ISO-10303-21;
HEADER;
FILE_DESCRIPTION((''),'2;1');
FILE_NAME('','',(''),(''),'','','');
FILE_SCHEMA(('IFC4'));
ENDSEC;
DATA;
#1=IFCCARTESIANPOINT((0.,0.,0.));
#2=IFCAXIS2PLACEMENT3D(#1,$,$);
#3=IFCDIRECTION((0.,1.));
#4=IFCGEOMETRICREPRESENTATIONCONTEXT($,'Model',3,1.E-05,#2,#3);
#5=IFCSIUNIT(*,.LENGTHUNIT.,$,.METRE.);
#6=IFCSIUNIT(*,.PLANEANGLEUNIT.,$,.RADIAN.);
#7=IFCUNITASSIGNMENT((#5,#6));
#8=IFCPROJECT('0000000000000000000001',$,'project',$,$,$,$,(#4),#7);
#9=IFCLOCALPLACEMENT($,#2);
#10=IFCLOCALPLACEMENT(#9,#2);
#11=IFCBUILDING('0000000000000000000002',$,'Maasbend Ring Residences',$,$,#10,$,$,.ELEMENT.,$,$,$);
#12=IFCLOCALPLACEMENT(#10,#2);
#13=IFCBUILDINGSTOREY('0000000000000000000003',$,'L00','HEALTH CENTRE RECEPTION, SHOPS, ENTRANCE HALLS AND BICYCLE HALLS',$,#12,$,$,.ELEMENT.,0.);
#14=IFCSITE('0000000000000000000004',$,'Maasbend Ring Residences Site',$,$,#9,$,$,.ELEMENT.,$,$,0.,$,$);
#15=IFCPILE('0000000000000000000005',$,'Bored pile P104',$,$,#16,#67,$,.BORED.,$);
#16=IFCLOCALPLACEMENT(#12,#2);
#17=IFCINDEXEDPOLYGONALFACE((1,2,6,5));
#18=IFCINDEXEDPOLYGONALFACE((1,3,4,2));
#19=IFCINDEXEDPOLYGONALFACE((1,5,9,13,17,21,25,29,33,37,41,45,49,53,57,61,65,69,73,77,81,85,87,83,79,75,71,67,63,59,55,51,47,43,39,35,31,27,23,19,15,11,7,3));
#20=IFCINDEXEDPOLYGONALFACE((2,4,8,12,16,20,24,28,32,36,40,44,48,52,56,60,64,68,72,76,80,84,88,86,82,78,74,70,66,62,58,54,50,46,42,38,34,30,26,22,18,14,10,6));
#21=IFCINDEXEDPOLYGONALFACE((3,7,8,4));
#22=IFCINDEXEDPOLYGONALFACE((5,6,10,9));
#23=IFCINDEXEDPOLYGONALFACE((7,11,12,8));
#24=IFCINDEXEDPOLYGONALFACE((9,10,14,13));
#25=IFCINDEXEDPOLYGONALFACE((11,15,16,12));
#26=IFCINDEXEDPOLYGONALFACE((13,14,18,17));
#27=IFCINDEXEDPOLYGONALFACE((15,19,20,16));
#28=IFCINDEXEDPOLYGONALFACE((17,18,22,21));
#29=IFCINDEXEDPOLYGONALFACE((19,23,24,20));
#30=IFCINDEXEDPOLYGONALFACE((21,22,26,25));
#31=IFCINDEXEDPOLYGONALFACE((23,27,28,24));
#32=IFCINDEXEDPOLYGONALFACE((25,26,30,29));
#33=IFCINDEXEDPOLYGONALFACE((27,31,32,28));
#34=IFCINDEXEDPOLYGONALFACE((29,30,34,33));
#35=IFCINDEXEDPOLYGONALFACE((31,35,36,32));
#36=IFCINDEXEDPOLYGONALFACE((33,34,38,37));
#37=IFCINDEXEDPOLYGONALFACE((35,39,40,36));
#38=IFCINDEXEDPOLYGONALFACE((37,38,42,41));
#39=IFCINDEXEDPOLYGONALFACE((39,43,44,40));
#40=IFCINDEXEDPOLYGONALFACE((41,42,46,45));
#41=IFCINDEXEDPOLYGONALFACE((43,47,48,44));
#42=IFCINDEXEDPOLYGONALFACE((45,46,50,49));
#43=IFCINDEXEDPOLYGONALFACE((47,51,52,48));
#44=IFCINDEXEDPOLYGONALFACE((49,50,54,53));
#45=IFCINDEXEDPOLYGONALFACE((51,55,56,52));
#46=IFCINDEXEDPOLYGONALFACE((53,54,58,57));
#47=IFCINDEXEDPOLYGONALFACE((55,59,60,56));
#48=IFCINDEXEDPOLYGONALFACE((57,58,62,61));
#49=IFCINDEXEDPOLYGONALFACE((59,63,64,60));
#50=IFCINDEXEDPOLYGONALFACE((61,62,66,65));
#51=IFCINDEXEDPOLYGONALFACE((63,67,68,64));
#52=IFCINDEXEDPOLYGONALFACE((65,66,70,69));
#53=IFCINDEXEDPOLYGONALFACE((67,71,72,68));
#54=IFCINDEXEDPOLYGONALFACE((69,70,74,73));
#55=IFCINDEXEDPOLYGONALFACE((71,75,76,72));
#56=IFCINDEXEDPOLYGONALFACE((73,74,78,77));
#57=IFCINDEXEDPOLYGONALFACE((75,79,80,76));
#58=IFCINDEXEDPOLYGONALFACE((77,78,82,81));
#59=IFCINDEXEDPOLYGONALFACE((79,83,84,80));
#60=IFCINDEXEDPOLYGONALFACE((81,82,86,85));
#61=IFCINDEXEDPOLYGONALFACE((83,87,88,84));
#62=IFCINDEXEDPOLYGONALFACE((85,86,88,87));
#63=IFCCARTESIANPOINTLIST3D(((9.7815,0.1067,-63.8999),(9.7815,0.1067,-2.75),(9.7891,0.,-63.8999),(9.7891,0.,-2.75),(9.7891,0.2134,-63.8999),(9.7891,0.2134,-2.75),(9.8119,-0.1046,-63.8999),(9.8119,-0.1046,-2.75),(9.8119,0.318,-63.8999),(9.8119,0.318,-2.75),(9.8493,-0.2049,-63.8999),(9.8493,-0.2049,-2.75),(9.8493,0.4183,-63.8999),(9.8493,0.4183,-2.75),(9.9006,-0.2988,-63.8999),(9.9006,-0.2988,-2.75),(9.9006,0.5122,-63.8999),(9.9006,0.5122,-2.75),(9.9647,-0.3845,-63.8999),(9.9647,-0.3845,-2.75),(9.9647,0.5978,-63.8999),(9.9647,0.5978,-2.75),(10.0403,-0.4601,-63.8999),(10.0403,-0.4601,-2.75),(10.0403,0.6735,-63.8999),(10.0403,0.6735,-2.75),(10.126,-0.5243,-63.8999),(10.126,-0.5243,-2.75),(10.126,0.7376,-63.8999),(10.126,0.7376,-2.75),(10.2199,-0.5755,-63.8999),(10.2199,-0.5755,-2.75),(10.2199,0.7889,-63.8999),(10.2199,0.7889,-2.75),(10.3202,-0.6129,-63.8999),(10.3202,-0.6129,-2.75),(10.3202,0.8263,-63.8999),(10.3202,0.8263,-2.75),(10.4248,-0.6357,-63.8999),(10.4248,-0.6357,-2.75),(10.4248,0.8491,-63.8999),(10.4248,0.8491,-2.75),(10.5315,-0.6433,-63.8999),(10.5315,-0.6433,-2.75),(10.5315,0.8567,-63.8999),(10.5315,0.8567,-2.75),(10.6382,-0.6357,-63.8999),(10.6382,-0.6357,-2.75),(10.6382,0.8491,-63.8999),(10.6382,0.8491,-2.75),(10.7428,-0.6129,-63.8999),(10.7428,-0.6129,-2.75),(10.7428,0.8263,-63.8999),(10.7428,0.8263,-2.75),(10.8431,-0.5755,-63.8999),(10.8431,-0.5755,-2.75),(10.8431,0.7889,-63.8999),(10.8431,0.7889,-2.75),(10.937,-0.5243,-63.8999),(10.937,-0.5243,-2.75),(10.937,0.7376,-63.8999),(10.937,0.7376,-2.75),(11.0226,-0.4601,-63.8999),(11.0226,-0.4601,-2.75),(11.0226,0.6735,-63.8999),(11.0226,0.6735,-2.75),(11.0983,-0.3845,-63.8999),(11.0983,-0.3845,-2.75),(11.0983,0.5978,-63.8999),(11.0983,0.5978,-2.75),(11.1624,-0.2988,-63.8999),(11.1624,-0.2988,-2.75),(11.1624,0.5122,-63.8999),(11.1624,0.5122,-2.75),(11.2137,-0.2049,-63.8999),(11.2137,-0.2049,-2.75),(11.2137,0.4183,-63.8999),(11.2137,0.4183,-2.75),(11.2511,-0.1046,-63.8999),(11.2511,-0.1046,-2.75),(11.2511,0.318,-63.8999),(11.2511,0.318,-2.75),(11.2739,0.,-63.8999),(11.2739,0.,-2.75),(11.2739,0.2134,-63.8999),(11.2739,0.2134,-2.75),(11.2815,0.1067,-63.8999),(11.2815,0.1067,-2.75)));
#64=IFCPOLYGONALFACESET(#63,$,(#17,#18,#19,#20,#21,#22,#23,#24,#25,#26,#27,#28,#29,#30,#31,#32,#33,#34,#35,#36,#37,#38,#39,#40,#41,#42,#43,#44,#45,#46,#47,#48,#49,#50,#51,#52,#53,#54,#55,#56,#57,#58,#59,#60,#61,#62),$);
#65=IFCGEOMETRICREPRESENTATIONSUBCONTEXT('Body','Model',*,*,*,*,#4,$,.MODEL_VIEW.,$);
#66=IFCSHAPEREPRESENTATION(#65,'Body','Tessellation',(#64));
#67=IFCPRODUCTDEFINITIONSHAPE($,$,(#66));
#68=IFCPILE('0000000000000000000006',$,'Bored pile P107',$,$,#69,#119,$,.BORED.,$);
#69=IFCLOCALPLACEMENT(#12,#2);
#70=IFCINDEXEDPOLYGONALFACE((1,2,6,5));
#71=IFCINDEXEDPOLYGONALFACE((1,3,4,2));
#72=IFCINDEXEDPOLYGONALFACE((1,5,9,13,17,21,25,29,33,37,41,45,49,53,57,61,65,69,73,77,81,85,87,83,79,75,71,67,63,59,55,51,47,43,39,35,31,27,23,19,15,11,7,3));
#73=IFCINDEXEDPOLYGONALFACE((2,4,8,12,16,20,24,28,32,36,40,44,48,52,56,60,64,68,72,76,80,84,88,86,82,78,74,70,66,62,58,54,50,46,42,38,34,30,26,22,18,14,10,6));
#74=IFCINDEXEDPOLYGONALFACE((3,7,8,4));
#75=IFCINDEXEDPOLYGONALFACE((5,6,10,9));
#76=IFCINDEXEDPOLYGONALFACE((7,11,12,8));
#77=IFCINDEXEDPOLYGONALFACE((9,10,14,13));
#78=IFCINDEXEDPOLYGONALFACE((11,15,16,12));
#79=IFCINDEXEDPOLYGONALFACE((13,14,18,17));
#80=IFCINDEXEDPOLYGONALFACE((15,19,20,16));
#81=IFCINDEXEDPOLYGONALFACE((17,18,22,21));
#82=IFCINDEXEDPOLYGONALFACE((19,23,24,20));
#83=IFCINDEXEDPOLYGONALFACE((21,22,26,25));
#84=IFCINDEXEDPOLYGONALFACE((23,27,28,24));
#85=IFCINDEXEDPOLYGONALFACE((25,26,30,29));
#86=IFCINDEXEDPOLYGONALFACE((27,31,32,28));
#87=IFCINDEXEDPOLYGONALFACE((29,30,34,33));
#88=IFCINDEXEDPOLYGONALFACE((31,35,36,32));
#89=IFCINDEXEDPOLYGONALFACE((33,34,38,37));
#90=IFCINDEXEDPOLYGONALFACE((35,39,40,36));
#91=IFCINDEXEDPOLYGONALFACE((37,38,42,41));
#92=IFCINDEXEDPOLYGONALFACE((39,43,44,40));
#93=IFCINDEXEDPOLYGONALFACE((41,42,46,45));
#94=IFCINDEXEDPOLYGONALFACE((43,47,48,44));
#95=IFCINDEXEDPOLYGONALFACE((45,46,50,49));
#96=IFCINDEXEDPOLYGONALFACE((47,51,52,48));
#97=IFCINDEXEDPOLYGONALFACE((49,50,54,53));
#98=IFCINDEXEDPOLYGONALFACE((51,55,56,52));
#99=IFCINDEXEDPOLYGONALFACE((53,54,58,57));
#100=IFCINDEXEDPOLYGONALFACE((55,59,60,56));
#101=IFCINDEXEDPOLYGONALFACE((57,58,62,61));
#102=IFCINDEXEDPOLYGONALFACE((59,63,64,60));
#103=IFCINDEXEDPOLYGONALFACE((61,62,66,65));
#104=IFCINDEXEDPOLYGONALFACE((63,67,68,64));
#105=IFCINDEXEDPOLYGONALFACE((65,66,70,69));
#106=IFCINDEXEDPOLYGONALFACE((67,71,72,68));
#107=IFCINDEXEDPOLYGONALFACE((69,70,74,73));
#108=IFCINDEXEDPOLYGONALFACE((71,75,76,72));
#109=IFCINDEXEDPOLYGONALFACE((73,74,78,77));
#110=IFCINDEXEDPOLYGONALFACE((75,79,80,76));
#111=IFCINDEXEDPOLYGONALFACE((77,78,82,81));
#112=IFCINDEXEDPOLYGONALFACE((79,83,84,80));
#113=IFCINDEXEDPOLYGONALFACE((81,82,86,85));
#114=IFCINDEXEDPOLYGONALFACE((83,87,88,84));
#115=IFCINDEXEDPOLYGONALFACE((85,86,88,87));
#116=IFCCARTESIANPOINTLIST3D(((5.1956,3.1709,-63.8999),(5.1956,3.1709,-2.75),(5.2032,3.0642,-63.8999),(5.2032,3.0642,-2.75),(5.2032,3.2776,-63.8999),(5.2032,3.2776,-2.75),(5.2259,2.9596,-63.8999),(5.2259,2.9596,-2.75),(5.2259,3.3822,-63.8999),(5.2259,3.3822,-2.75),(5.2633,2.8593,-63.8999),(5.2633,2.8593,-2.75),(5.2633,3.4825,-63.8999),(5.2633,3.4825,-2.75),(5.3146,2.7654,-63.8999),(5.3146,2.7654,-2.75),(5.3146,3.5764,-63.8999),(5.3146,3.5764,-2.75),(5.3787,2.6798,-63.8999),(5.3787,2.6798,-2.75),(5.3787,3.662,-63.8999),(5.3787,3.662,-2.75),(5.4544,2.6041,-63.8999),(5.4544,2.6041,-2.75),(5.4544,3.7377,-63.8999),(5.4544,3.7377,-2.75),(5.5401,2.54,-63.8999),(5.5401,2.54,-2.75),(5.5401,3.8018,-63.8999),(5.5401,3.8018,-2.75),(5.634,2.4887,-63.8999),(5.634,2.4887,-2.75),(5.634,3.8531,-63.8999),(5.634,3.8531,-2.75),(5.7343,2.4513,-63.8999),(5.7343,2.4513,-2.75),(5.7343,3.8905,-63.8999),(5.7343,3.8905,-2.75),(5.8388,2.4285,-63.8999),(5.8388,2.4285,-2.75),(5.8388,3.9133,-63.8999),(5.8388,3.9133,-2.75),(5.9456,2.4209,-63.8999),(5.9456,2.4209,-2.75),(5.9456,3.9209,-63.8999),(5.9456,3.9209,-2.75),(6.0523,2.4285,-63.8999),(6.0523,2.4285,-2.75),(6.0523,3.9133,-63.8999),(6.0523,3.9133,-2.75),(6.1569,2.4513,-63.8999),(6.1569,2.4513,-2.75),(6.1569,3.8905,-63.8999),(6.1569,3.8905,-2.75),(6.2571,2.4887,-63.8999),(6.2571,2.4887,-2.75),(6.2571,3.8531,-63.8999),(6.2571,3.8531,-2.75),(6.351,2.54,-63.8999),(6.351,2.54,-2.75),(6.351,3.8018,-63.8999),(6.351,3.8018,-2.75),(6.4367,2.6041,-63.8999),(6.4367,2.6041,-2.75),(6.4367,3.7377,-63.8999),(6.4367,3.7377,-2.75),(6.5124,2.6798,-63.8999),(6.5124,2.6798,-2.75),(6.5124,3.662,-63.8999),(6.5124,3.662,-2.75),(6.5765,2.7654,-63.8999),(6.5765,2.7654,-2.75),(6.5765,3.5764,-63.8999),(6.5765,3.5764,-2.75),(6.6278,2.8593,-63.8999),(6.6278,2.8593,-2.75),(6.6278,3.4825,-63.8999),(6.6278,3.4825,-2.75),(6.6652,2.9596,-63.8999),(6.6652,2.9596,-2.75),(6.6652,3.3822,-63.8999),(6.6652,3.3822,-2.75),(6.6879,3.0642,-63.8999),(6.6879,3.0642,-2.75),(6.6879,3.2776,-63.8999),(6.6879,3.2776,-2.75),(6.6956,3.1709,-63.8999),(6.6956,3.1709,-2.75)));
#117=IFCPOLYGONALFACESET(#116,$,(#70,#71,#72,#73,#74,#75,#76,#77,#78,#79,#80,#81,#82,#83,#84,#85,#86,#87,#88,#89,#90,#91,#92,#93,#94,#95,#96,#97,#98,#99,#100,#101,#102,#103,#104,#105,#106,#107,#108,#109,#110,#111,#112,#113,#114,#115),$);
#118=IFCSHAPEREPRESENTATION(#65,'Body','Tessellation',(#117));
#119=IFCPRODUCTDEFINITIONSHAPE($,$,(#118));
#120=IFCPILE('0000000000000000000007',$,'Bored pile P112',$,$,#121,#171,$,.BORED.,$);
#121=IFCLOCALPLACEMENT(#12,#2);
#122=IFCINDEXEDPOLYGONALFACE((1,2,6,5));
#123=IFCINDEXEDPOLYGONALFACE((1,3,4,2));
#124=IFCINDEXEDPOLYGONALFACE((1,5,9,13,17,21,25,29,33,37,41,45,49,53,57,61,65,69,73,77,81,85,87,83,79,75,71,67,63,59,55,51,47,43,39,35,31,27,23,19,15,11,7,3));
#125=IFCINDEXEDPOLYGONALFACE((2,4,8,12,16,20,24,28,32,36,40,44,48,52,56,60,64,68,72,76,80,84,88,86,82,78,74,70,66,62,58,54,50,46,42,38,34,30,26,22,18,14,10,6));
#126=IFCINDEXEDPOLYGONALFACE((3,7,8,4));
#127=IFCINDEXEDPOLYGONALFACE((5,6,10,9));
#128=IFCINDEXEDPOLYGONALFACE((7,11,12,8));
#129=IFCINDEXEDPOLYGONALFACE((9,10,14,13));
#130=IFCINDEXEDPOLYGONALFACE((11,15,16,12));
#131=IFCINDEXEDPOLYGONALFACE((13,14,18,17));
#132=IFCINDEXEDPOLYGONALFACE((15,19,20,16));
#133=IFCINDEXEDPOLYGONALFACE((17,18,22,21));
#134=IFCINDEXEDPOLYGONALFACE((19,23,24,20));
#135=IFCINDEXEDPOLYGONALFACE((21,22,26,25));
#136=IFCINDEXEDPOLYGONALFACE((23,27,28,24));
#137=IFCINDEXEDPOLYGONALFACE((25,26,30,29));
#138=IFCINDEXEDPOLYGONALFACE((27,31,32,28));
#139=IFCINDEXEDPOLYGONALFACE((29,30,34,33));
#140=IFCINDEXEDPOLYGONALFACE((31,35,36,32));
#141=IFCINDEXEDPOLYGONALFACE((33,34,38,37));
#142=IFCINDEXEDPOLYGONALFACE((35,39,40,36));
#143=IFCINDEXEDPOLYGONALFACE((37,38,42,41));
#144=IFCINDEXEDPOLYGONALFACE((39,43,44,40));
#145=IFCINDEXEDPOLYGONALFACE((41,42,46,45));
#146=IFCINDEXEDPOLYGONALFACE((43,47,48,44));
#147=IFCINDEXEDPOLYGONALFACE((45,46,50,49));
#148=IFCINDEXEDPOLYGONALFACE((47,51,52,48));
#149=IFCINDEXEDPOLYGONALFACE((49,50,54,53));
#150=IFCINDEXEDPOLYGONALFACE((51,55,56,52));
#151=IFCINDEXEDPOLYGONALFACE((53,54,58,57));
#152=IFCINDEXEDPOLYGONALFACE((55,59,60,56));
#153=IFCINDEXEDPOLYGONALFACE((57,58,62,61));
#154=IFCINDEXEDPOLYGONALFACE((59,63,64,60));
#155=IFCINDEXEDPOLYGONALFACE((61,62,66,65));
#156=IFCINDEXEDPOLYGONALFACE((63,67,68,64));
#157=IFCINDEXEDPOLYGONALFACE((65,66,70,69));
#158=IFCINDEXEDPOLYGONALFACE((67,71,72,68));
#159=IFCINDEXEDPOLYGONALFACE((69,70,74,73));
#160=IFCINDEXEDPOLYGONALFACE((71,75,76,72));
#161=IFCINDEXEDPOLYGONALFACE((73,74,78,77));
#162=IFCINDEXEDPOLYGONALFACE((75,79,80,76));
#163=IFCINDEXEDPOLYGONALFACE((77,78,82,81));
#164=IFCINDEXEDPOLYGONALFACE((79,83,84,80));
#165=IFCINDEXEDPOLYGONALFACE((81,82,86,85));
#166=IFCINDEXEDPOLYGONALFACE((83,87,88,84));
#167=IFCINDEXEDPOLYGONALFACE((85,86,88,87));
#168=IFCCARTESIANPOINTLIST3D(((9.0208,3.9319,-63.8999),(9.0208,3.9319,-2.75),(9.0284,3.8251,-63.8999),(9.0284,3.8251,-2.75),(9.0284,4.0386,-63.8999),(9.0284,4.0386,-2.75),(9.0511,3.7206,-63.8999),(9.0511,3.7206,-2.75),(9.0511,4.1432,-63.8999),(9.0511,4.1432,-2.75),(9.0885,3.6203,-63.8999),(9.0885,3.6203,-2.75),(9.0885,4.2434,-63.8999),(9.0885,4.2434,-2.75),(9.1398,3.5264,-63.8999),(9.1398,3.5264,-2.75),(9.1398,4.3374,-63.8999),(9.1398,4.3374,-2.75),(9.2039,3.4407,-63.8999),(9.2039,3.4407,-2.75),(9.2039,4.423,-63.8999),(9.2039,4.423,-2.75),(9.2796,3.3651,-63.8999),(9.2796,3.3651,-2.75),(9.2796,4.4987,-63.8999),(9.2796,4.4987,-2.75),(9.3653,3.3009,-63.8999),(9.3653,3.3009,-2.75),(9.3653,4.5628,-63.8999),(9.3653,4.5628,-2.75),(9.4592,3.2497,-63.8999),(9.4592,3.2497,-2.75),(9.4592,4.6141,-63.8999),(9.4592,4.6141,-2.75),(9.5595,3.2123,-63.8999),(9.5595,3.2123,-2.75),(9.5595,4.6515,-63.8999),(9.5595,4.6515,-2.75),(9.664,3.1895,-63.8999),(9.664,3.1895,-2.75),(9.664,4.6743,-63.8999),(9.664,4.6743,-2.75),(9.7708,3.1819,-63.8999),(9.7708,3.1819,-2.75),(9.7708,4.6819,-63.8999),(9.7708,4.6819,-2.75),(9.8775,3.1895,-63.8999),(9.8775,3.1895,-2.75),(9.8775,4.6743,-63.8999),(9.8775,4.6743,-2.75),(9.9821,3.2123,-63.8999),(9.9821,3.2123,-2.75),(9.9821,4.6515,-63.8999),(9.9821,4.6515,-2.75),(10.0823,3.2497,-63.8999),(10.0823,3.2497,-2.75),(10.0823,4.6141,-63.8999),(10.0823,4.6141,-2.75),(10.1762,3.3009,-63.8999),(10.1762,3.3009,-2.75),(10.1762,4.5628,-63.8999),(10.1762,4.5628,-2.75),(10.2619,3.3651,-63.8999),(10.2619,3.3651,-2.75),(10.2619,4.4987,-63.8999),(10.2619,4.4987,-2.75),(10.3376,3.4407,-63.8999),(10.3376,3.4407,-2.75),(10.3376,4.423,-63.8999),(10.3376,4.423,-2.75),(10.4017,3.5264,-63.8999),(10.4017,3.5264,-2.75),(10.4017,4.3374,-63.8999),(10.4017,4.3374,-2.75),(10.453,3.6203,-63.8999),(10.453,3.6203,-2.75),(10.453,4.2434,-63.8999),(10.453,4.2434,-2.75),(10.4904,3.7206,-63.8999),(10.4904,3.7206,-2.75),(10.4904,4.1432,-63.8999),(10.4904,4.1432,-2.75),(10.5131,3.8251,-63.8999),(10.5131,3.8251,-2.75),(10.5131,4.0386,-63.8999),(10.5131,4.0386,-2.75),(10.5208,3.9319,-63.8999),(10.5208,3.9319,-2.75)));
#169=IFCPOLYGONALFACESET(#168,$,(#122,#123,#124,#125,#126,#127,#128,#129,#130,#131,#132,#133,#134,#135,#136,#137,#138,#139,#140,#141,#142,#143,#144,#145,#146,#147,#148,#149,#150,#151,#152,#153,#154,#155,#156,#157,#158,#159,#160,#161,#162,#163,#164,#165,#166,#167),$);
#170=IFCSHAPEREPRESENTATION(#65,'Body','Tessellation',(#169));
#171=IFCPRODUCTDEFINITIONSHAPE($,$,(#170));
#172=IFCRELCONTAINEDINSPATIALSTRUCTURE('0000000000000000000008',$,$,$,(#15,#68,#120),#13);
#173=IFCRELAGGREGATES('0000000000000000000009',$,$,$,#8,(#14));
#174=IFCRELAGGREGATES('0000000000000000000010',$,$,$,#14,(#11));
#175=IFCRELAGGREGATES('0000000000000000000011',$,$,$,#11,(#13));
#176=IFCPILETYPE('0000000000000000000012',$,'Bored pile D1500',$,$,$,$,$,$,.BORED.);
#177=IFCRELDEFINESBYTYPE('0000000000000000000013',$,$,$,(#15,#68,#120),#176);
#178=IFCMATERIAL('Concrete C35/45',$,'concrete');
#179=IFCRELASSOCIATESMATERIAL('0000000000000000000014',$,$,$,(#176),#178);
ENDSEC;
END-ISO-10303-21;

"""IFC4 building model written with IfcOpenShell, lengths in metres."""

from ifc_helpers import new_model, si_unit, direction, frame, origin, origin_2d, place, context, subcontext, project, spatial, circle, extrude, material, material_profile, profile_set, type_object, element, save


model = new_model("IFC4")

# Units and contexts
model_context = context("Model", 3, precision=1e-05, world=origin(), true_north=direction((0.0, 1.0)))
body_context = subcontext(model_context, "Body", "Model", "MODEL_VIEW")
ifc_project = project(units=[si_unit("LENGTHUNIT", "METRE"), si_unit("PLANEANGLEUNIT", "RADIAN")], contexts=[model_context])

# Site, building, storey
site_placement = place(None, origin())
site = spatial("IfcSite", under=ifc_project, at=site_placement, Name="Maasbend Ring Residences Site", CompositionType="ELEMENT", RefElevation=0.0)
building_placement = place(site_placement, origin())
building = spatial("IfcBuilding", under=site, at=building_placement, Name="Maasbend Ring Residences", CompositionType="ELEMENT")
storey_placement = place(building_placement, origin())
storey = spatial("IfcBuildingStorey", under=building, at=storey_placement, Name="L00", Description="HEALTH CENTRE RECEPTION, SHOPS, ENTRANCE HALLS AND BICYCLE HALLS", CompositionType="ELEMENT", Elevation=0.0)

# Piles
ifc_material_1 = material(Name="Concrete C35/45", Category="concrete")
ifc_material_profile_1 = material_profile(ifc_material_1, circle(Radius=0.75, at=origin_2d()), Name="Bored pile D1500")
ifc_profile_set_1 = profile_set([ifc_material_profile_1], Name="Concrete C35/45")
pile_type = type_object("IfcPileType", Name="Bored pile D1500", PredefinedType="BORED", material=ifc_profile_set_1)
for number, where, z_axis, x_axis, name in (
    (1, (10.5315, 0.1067, -2.75), (0.0, 0.0, -1.0), (1.0, 0.0, 0.0), "Bored pile P104"),
    (2, (5.9456, 3.1709, -2.75), (0.0, 0.0, -1.0), (1.0, 0.0, 0.0), "Bored pile P107"),
    (3, (9.7708, 3.9319, -2.75), (0.0, 0.0, -1.0), (1.0, 0.0, 0.0), "Bored pile P112"),
):
    element("IfcPile", number, at=place(storey_placement, frame(where, z_axis=z_axis, x_axis=x_axis)), inside=storey, type_object=pile_type, Name=name, PredefinedType="BORED", context=body_context, shape_type="SweptSolid", body=[
        extrude(circle(Radius=0.75, at=origin_2d()), origin(), (0.0, 0.0, 1.0), 61.1499),
    ])

save(model, "model.ifc")
